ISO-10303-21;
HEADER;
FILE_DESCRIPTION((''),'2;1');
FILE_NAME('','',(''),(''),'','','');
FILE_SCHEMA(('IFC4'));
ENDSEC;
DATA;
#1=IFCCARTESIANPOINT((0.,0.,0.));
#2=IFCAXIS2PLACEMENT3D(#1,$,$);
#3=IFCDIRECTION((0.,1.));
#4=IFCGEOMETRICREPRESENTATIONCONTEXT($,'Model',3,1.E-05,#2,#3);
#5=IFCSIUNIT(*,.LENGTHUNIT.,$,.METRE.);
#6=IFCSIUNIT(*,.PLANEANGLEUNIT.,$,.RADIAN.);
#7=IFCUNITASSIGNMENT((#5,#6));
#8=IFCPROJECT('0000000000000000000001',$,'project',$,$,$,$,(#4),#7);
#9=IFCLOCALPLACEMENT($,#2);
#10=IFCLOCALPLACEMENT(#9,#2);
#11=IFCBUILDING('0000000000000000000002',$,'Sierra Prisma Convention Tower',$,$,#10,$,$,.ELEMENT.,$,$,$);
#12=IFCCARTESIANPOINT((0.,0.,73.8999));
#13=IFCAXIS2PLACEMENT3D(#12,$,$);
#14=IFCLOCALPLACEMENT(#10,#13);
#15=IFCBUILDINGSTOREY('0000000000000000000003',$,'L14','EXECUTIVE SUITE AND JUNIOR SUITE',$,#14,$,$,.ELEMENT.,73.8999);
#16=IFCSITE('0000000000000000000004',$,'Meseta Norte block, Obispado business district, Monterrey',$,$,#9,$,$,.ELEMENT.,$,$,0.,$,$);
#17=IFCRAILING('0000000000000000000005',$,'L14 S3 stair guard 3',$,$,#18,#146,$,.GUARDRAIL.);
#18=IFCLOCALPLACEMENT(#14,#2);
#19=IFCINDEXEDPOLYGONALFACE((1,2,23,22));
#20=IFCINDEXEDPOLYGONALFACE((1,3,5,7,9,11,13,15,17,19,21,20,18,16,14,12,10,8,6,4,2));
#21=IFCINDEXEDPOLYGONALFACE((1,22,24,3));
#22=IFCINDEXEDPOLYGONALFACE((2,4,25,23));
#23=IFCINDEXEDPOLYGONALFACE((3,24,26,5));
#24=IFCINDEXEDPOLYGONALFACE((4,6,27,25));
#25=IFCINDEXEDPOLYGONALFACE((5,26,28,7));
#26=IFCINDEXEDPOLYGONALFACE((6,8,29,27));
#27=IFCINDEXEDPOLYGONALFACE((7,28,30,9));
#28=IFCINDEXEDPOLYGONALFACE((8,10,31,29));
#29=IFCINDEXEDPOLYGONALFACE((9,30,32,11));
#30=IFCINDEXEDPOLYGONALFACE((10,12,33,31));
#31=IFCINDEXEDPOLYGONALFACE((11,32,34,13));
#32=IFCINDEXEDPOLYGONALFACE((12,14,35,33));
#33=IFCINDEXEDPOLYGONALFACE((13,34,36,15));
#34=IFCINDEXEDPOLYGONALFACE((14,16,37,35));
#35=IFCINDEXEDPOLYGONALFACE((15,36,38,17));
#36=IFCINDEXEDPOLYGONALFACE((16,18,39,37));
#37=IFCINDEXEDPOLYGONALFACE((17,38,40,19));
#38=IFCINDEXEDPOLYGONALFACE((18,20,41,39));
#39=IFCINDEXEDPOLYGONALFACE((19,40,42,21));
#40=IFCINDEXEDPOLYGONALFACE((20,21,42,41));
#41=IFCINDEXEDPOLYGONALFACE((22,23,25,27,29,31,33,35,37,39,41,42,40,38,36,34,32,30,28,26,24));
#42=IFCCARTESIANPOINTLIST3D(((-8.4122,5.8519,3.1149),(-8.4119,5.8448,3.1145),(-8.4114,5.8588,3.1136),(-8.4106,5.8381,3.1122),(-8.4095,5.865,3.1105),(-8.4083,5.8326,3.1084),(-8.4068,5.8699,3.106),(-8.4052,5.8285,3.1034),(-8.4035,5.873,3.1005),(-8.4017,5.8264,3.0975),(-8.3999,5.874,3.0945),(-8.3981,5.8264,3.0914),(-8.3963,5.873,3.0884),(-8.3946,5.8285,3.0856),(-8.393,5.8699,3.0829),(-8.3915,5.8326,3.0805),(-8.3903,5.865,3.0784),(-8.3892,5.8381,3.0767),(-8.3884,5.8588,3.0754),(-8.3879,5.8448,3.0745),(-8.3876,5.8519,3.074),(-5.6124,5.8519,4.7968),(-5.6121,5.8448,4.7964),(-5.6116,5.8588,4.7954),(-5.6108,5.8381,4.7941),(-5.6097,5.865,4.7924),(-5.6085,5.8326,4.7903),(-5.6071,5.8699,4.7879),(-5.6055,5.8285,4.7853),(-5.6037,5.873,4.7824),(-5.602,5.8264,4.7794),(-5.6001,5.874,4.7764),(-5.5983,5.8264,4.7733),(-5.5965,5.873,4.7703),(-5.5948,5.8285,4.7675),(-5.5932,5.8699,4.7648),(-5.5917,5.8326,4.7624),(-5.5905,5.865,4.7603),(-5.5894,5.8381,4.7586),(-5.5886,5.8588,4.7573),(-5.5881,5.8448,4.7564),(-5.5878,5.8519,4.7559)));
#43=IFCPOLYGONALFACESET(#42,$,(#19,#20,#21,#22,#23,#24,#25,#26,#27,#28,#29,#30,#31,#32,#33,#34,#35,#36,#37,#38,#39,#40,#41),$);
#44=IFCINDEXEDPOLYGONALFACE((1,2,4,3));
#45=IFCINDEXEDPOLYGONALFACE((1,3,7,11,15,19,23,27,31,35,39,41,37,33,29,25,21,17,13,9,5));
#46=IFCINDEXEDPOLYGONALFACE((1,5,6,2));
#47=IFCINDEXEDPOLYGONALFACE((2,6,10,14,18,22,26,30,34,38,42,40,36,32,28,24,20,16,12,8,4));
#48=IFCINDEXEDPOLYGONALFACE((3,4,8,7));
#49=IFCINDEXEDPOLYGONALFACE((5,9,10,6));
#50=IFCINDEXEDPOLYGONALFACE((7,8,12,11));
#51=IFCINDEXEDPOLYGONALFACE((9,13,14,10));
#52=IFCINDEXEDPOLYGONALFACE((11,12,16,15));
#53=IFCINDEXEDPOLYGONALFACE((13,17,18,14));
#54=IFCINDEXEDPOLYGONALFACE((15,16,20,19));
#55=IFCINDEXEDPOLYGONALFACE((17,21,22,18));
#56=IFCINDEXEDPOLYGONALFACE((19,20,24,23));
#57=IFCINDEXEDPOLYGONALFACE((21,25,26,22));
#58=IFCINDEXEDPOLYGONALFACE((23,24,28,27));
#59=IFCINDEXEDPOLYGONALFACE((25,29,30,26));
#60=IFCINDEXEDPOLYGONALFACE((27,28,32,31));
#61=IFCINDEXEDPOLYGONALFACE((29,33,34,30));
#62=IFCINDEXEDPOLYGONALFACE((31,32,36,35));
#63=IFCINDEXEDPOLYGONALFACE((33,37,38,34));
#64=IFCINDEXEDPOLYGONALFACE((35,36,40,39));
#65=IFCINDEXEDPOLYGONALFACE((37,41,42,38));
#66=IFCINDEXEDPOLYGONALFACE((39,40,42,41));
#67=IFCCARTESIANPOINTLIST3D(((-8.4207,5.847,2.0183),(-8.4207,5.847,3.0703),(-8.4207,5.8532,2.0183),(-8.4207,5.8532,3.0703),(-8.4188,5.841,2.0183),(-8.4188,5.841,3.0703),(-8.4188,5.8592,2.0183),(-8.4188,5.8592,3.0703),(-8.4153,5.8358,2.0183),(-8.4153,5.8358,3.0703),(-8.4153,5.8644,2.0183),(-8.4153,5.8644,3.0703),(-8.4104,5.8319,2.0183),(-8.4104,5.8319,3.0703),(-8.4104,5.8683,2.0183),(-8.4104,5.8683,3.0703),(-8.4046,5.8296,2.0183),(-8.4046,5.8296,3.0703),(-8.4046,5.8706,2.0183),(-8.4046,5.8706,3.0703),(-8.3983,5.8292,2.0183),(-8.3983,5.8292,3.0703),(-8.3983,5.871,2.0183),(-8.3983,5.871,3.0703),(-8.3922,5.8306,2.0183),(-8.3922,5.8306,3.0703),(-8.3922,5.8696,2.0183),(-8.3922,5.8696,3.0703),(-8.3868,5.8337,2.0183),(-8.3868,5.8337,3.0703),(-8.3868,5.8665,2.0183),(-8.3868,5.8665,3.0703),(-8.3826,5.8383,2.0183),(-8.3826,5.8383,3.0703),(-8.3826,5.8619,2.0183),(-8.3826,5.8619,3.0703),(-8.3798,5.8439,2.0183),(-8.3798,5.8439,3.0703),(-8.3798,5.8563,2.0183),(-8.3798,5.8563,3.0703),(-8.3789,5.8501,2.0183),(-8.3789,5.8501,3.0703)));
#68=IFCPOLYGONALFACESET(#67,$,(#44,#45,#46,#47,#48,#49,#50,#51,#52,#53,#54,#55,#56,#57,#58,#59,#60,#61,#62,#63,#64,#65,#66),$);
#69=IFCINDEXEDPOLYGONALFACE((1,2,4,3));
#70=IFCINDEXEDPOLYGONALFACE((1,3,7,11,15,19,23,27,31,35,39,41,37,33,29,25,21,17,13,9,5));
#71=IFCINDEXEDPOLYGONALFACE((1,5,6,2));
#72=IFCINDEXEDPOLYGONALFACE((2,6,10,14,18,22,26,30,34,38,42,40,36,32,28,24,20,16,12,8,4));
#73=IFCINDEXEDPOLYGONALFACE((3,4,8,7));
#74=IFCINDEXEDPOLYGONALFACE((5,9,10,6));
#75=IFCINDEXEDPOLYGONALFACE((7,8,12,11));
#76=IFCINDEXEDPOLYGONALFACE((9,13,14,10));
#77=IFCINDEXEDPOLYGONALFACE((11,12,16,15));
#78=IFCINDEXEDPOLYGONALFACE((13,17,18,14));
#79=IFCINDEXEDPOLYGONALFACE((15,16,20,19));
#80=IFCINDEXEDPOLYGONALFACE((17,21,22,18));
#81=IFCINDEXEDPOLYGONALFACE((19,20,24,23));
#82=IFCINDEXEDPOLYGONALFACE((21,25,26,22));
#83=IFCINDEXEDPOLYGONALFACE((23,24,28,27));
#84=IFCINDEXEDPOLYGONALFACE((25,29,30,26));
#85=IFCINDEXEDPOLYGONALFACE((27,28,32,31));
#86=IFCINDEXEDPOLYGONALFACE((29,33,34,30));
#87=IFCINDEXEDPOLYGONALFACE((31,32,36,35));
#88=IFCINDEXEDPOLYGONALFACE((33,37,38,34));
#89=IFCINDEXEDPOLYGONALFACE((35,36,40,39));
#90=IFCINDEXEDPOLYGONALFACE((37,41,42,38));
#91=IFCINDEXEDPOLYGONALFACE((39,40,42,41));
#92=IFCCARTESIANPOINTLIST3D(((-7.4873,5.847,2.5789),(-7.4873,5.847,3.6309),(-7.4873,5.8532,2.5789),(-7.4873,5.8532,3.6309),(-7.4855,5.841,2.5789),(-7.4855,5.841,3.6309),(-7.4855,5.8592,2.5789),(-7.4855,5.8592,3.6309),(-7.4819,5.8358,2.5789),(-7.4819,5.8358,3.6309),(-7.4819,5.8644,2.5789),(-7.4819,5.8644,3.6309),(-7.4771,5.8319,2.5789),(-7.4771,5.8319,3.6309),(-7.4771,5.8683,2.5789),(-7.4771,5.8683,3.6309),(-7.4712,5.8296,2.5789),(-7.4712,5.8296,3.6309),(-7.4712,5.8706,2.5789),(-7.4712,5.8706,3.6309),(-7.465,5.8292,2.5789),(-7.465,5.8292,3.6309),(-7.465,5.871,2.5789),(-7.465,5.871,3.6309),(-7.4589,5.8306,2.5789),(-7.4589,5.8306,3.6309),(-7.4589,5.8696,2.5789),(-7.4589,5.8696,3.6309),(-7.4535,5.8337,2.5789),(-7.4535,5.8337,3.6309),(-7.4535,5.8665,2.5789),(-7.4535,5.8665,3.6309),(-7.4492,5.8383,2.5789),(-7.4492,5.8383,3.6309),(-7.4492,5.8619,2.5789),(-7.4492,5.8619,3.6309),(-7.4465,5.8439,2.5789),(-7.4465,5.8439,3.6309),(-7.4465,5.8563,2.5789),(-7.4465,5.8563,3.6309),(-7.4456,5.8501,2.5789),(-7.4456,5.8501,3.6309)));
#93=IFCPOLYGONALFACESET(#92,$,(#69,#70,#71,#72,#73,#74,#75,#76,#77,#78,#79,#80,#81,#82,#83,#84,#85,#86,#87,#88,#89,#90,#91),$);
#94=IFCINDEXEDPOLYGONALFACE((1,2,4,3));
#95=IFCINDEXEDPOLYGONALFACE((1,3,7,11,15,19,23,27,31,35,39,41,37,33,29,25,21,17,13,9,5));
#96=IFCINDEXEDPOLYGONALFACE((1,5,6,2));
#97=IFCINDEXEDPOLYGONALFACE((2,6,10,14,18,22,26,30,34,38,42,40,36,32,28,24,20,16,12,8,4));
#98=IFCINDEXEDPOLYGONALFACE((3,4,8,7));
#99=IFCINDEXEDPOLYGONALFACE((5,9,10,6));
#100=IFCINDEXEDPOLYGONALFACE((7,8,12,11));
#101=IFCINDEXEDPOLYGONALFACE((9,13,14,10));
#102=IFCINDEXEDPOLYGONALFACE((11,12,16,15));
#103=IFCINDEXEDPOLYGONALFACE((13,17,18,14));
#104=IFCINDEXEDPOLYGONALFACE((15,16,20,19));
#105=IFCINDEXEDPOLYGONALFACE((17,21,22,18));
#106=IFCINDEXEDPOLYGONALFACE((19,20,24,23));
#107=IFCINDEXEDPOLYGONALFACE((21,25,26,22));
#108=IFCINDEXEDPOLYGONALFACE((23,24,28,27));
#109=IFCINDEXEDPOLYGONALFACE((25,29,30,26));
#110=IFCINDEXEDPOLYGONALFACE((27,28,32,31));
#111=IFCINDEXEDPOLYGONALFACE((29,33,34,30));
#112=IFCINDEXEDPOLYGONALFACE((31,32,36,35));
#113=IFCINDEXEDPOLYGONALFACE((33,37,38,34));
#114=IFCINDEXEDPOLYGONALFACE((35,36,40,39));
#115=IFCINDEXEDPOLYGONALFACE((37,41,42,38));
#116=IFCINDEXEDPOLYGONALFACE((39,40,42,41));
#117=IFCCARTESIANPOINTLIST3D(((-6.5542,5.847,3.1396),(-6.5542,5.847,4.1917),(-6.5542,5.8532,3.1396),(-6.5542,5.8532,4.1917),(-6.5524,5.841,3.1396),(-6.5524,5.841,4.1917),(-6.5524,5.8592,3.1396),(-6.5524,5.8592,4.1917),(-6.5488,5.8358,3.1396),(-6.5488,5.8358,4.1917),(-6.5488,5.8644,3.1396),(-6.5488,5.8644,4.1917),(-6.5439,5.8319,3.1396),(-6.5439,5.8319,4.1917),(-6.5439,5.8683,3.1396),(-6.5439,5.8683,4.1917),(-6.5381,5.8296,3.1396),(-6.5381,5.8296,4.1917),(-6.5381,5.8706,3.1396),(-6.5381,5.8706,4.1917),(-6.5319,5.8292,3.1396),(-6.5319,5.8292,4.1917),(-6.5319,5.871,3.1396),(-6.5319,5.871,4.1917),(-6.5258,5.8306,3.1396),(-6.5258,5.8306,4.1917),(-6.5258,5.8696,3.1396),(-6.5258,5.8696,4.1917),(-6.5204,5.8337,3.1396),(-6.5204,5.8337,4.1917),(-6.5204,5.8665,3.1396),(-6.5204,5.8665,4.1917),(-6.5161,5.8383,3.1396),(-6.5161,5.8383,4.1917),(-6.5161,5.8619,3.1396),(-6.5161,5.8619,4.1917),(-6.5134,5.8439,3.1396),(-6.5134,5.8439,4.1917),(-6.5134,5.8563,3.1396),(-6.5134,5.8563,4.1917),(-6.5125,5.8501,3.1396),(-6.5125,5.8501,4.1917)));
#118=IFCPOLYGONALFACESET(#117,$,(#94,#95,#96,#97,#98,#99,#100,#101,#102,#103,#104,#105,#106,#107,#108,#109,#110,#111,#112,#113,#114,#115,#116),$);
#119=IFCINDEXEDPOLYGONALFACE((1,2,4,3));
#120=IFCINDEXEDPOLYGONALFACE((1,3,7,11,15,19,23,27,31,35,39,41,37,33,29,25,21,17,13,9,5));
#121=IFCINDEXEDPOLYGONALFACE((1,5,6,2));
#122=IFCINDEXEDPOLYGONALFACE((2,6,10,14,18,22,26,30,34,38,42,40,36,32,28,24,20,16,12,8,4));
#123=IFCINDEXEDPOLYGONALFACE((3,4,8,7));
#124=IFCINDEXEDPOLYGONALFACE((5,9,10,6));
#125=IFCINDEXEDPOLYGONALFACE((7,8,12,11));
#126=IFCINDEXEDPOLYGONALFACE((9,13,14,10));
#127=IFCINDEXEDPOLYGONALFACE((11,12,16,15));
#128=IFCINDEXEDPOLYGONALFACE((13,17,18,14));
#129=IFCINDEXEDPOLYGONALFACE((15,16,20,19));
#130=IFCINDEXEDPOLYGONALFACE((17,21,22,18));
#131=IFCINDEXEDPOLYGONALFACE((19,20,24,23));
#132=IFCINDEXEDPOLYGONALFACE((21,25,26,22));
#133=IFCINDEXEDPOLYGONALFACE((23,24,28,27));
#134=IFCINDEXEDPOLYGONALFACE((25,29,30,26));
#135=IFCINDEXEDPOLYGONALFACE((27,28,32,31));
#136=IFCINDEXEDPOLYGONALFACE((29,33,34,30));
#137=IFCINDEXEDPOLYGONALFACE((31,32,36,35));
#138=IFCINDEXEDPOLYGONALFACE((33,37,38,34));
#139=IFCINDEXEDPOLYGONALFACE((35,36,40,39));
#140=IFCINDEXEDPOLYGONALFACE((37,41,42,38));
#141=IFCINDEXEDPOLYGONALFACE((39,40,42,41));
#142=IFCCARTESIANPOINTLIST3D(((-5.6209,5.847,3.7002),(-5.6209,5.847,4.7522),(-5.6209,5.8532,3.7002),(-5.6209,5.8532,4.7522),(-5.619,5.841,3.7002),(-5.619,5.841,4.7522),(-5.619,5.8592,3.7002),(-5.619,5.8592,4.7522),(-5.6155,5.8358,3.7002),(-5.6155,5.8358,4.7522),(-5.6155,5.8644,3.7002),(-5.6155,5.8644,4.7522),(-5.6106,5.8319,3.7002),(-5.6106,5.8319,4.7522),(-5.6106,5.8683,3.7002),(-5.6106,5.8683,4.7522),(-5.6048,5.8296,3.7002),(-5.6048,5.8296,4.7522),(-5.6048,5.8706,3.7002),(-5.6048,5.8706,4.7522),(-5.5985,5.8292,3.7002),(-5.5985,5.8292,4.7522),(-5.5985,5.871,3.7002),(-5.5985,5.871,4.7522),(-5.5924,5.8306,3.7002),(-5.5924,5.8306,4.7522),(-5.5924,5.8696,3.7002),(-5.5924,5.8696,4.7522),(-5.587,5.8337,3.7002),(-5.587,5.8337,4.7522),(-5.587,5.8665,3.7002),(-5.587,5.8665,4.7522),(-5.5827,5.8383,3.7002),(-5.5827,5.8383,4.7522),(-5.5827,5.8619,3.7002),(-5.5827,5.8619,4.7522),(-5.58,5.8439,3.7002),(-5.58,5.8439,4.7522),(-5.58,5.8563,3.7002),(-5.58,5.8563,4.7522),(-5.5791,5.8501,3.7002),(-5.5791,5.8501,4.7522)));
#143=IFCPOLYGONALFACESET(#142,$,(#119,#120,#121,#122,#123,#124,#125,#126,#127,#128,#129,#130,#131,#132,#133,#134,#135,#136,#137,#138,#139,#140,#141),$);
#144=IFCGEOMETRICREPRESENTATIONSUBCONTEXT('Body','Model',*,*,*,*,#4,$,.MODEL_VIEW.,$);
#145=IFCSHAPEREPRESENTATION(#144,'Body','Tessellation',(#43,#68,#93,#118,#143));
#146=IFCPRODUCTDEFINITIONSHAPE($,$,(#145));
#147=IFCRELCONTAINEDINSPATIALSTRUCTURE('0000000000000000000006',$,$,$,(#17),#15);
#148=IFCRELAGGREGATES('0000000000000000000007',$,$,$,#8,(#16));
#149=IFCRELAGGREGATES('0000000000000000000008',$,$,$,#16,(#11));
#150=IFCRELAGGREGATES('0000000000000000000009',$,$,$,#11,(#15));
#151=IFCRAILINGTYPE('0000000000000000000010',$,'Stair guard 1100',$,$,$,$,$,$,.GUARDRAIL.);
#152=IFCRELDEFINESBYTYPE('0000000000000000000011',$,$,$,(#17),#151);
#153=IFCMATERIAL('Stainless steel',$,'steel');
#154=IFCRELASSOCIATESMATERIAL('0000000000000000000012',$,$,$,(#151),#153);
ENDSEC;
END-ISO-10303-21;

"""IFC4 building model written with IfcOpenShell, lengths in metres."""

from ifc_helpers import new_model, si_unit, direction, frame, origin, origin_2d, place, context, subcontext, project, spatial, circle, extrude, material, type_object, element, save


model = new_model("IFC4")

# Units and contexts
model_context = context("Model", 3, precision=1e-05, world=origin(), true_north=direction((0.0, 1.0)))
body_context = subcontext(model_context, "Body", "Model", "MODEL_VIEW")
ifc_project = project(units=[si_unit("LENGTHUNIT", "METRE"), si_unit("PLANEANGLEUNIT", "RADIAN")], contexts=[model_context])

# Site, building, storey
site_placement = place(None, origin())
site = spatial("IfcSite", under=ifc_project, at=site_placement, Name="Meseta Norte block, Obispado business district, Monterrey", CompositionType="ELEMENT", RefElevation=0.0)
building_placement = place(site_placement, origin())
building = spatial("IfcBuilding", under=site, at=building_placement, Name="Sierra Prisma Convention Tower", CompositionType="ELEMENT")
storey_placement = place(building_placement, frame((0.0, 0.0, 73.8999)))
storey = spatial("IfcBuildingStorey", under=building, at=storey_placement, Name="L14", Description="EXECUTIVE SUITE AND JUNIOR SUITE", CompositionType="ELEMENT", Elevation=73.8999)

# Railing
ifc_material_1 = material(Name="Stainless steel", Category="steel")
railing_type_1 = type_object("IfcRailingType", Name="Stair guard 1100", PredefinedType="GUARDRAIL", material=ifc_material_1)
railing_1_placement = place(storey_placement, frame((-8.3999, 5.8501, 2.0183)))
element("IfcRailing", 1, at=railing_1_placement, inside=storey, type_object=railing_type_1, Name="L14 S3 stair guard 3", PredefinedType="GUARDRAIL", context=body_context, shape_type="SweptSolid", body=[
    extrude(circle(Radius=0.0239, at=origin_2d()), frame((0.0, 0.0, 1.0762), z_axis=(0.857222, 0.0, 0.514946), x_axis=(0.0, 1.0, 0.0)), (0.0, 0.0, 1.0), 3.2661),
    extrude(circle(Radius=0.021, at=origin_2d()), origin(), (0.0, 0.0, 1.0), 1.052),
    extrude(circle(Radius=0.021, at=origin_2d()), frame((0.9333, 0.0, 0.5605)), (0.0, 0.0, 1.0), 1.052),
    extrude(circle(Radius=0.021, at=origin_2d()), frame((1.8665, 0.0, 1.1213)), (0.0, 0.0, 1.0), 1.052),
    extrude(circle(Radius=0.021, at=origin_2d()), frame((2.7998, 0.0, 1.6819)), (0.0, 0.0, 1.0), 1.052),
])

save(model, "model.ifc")
